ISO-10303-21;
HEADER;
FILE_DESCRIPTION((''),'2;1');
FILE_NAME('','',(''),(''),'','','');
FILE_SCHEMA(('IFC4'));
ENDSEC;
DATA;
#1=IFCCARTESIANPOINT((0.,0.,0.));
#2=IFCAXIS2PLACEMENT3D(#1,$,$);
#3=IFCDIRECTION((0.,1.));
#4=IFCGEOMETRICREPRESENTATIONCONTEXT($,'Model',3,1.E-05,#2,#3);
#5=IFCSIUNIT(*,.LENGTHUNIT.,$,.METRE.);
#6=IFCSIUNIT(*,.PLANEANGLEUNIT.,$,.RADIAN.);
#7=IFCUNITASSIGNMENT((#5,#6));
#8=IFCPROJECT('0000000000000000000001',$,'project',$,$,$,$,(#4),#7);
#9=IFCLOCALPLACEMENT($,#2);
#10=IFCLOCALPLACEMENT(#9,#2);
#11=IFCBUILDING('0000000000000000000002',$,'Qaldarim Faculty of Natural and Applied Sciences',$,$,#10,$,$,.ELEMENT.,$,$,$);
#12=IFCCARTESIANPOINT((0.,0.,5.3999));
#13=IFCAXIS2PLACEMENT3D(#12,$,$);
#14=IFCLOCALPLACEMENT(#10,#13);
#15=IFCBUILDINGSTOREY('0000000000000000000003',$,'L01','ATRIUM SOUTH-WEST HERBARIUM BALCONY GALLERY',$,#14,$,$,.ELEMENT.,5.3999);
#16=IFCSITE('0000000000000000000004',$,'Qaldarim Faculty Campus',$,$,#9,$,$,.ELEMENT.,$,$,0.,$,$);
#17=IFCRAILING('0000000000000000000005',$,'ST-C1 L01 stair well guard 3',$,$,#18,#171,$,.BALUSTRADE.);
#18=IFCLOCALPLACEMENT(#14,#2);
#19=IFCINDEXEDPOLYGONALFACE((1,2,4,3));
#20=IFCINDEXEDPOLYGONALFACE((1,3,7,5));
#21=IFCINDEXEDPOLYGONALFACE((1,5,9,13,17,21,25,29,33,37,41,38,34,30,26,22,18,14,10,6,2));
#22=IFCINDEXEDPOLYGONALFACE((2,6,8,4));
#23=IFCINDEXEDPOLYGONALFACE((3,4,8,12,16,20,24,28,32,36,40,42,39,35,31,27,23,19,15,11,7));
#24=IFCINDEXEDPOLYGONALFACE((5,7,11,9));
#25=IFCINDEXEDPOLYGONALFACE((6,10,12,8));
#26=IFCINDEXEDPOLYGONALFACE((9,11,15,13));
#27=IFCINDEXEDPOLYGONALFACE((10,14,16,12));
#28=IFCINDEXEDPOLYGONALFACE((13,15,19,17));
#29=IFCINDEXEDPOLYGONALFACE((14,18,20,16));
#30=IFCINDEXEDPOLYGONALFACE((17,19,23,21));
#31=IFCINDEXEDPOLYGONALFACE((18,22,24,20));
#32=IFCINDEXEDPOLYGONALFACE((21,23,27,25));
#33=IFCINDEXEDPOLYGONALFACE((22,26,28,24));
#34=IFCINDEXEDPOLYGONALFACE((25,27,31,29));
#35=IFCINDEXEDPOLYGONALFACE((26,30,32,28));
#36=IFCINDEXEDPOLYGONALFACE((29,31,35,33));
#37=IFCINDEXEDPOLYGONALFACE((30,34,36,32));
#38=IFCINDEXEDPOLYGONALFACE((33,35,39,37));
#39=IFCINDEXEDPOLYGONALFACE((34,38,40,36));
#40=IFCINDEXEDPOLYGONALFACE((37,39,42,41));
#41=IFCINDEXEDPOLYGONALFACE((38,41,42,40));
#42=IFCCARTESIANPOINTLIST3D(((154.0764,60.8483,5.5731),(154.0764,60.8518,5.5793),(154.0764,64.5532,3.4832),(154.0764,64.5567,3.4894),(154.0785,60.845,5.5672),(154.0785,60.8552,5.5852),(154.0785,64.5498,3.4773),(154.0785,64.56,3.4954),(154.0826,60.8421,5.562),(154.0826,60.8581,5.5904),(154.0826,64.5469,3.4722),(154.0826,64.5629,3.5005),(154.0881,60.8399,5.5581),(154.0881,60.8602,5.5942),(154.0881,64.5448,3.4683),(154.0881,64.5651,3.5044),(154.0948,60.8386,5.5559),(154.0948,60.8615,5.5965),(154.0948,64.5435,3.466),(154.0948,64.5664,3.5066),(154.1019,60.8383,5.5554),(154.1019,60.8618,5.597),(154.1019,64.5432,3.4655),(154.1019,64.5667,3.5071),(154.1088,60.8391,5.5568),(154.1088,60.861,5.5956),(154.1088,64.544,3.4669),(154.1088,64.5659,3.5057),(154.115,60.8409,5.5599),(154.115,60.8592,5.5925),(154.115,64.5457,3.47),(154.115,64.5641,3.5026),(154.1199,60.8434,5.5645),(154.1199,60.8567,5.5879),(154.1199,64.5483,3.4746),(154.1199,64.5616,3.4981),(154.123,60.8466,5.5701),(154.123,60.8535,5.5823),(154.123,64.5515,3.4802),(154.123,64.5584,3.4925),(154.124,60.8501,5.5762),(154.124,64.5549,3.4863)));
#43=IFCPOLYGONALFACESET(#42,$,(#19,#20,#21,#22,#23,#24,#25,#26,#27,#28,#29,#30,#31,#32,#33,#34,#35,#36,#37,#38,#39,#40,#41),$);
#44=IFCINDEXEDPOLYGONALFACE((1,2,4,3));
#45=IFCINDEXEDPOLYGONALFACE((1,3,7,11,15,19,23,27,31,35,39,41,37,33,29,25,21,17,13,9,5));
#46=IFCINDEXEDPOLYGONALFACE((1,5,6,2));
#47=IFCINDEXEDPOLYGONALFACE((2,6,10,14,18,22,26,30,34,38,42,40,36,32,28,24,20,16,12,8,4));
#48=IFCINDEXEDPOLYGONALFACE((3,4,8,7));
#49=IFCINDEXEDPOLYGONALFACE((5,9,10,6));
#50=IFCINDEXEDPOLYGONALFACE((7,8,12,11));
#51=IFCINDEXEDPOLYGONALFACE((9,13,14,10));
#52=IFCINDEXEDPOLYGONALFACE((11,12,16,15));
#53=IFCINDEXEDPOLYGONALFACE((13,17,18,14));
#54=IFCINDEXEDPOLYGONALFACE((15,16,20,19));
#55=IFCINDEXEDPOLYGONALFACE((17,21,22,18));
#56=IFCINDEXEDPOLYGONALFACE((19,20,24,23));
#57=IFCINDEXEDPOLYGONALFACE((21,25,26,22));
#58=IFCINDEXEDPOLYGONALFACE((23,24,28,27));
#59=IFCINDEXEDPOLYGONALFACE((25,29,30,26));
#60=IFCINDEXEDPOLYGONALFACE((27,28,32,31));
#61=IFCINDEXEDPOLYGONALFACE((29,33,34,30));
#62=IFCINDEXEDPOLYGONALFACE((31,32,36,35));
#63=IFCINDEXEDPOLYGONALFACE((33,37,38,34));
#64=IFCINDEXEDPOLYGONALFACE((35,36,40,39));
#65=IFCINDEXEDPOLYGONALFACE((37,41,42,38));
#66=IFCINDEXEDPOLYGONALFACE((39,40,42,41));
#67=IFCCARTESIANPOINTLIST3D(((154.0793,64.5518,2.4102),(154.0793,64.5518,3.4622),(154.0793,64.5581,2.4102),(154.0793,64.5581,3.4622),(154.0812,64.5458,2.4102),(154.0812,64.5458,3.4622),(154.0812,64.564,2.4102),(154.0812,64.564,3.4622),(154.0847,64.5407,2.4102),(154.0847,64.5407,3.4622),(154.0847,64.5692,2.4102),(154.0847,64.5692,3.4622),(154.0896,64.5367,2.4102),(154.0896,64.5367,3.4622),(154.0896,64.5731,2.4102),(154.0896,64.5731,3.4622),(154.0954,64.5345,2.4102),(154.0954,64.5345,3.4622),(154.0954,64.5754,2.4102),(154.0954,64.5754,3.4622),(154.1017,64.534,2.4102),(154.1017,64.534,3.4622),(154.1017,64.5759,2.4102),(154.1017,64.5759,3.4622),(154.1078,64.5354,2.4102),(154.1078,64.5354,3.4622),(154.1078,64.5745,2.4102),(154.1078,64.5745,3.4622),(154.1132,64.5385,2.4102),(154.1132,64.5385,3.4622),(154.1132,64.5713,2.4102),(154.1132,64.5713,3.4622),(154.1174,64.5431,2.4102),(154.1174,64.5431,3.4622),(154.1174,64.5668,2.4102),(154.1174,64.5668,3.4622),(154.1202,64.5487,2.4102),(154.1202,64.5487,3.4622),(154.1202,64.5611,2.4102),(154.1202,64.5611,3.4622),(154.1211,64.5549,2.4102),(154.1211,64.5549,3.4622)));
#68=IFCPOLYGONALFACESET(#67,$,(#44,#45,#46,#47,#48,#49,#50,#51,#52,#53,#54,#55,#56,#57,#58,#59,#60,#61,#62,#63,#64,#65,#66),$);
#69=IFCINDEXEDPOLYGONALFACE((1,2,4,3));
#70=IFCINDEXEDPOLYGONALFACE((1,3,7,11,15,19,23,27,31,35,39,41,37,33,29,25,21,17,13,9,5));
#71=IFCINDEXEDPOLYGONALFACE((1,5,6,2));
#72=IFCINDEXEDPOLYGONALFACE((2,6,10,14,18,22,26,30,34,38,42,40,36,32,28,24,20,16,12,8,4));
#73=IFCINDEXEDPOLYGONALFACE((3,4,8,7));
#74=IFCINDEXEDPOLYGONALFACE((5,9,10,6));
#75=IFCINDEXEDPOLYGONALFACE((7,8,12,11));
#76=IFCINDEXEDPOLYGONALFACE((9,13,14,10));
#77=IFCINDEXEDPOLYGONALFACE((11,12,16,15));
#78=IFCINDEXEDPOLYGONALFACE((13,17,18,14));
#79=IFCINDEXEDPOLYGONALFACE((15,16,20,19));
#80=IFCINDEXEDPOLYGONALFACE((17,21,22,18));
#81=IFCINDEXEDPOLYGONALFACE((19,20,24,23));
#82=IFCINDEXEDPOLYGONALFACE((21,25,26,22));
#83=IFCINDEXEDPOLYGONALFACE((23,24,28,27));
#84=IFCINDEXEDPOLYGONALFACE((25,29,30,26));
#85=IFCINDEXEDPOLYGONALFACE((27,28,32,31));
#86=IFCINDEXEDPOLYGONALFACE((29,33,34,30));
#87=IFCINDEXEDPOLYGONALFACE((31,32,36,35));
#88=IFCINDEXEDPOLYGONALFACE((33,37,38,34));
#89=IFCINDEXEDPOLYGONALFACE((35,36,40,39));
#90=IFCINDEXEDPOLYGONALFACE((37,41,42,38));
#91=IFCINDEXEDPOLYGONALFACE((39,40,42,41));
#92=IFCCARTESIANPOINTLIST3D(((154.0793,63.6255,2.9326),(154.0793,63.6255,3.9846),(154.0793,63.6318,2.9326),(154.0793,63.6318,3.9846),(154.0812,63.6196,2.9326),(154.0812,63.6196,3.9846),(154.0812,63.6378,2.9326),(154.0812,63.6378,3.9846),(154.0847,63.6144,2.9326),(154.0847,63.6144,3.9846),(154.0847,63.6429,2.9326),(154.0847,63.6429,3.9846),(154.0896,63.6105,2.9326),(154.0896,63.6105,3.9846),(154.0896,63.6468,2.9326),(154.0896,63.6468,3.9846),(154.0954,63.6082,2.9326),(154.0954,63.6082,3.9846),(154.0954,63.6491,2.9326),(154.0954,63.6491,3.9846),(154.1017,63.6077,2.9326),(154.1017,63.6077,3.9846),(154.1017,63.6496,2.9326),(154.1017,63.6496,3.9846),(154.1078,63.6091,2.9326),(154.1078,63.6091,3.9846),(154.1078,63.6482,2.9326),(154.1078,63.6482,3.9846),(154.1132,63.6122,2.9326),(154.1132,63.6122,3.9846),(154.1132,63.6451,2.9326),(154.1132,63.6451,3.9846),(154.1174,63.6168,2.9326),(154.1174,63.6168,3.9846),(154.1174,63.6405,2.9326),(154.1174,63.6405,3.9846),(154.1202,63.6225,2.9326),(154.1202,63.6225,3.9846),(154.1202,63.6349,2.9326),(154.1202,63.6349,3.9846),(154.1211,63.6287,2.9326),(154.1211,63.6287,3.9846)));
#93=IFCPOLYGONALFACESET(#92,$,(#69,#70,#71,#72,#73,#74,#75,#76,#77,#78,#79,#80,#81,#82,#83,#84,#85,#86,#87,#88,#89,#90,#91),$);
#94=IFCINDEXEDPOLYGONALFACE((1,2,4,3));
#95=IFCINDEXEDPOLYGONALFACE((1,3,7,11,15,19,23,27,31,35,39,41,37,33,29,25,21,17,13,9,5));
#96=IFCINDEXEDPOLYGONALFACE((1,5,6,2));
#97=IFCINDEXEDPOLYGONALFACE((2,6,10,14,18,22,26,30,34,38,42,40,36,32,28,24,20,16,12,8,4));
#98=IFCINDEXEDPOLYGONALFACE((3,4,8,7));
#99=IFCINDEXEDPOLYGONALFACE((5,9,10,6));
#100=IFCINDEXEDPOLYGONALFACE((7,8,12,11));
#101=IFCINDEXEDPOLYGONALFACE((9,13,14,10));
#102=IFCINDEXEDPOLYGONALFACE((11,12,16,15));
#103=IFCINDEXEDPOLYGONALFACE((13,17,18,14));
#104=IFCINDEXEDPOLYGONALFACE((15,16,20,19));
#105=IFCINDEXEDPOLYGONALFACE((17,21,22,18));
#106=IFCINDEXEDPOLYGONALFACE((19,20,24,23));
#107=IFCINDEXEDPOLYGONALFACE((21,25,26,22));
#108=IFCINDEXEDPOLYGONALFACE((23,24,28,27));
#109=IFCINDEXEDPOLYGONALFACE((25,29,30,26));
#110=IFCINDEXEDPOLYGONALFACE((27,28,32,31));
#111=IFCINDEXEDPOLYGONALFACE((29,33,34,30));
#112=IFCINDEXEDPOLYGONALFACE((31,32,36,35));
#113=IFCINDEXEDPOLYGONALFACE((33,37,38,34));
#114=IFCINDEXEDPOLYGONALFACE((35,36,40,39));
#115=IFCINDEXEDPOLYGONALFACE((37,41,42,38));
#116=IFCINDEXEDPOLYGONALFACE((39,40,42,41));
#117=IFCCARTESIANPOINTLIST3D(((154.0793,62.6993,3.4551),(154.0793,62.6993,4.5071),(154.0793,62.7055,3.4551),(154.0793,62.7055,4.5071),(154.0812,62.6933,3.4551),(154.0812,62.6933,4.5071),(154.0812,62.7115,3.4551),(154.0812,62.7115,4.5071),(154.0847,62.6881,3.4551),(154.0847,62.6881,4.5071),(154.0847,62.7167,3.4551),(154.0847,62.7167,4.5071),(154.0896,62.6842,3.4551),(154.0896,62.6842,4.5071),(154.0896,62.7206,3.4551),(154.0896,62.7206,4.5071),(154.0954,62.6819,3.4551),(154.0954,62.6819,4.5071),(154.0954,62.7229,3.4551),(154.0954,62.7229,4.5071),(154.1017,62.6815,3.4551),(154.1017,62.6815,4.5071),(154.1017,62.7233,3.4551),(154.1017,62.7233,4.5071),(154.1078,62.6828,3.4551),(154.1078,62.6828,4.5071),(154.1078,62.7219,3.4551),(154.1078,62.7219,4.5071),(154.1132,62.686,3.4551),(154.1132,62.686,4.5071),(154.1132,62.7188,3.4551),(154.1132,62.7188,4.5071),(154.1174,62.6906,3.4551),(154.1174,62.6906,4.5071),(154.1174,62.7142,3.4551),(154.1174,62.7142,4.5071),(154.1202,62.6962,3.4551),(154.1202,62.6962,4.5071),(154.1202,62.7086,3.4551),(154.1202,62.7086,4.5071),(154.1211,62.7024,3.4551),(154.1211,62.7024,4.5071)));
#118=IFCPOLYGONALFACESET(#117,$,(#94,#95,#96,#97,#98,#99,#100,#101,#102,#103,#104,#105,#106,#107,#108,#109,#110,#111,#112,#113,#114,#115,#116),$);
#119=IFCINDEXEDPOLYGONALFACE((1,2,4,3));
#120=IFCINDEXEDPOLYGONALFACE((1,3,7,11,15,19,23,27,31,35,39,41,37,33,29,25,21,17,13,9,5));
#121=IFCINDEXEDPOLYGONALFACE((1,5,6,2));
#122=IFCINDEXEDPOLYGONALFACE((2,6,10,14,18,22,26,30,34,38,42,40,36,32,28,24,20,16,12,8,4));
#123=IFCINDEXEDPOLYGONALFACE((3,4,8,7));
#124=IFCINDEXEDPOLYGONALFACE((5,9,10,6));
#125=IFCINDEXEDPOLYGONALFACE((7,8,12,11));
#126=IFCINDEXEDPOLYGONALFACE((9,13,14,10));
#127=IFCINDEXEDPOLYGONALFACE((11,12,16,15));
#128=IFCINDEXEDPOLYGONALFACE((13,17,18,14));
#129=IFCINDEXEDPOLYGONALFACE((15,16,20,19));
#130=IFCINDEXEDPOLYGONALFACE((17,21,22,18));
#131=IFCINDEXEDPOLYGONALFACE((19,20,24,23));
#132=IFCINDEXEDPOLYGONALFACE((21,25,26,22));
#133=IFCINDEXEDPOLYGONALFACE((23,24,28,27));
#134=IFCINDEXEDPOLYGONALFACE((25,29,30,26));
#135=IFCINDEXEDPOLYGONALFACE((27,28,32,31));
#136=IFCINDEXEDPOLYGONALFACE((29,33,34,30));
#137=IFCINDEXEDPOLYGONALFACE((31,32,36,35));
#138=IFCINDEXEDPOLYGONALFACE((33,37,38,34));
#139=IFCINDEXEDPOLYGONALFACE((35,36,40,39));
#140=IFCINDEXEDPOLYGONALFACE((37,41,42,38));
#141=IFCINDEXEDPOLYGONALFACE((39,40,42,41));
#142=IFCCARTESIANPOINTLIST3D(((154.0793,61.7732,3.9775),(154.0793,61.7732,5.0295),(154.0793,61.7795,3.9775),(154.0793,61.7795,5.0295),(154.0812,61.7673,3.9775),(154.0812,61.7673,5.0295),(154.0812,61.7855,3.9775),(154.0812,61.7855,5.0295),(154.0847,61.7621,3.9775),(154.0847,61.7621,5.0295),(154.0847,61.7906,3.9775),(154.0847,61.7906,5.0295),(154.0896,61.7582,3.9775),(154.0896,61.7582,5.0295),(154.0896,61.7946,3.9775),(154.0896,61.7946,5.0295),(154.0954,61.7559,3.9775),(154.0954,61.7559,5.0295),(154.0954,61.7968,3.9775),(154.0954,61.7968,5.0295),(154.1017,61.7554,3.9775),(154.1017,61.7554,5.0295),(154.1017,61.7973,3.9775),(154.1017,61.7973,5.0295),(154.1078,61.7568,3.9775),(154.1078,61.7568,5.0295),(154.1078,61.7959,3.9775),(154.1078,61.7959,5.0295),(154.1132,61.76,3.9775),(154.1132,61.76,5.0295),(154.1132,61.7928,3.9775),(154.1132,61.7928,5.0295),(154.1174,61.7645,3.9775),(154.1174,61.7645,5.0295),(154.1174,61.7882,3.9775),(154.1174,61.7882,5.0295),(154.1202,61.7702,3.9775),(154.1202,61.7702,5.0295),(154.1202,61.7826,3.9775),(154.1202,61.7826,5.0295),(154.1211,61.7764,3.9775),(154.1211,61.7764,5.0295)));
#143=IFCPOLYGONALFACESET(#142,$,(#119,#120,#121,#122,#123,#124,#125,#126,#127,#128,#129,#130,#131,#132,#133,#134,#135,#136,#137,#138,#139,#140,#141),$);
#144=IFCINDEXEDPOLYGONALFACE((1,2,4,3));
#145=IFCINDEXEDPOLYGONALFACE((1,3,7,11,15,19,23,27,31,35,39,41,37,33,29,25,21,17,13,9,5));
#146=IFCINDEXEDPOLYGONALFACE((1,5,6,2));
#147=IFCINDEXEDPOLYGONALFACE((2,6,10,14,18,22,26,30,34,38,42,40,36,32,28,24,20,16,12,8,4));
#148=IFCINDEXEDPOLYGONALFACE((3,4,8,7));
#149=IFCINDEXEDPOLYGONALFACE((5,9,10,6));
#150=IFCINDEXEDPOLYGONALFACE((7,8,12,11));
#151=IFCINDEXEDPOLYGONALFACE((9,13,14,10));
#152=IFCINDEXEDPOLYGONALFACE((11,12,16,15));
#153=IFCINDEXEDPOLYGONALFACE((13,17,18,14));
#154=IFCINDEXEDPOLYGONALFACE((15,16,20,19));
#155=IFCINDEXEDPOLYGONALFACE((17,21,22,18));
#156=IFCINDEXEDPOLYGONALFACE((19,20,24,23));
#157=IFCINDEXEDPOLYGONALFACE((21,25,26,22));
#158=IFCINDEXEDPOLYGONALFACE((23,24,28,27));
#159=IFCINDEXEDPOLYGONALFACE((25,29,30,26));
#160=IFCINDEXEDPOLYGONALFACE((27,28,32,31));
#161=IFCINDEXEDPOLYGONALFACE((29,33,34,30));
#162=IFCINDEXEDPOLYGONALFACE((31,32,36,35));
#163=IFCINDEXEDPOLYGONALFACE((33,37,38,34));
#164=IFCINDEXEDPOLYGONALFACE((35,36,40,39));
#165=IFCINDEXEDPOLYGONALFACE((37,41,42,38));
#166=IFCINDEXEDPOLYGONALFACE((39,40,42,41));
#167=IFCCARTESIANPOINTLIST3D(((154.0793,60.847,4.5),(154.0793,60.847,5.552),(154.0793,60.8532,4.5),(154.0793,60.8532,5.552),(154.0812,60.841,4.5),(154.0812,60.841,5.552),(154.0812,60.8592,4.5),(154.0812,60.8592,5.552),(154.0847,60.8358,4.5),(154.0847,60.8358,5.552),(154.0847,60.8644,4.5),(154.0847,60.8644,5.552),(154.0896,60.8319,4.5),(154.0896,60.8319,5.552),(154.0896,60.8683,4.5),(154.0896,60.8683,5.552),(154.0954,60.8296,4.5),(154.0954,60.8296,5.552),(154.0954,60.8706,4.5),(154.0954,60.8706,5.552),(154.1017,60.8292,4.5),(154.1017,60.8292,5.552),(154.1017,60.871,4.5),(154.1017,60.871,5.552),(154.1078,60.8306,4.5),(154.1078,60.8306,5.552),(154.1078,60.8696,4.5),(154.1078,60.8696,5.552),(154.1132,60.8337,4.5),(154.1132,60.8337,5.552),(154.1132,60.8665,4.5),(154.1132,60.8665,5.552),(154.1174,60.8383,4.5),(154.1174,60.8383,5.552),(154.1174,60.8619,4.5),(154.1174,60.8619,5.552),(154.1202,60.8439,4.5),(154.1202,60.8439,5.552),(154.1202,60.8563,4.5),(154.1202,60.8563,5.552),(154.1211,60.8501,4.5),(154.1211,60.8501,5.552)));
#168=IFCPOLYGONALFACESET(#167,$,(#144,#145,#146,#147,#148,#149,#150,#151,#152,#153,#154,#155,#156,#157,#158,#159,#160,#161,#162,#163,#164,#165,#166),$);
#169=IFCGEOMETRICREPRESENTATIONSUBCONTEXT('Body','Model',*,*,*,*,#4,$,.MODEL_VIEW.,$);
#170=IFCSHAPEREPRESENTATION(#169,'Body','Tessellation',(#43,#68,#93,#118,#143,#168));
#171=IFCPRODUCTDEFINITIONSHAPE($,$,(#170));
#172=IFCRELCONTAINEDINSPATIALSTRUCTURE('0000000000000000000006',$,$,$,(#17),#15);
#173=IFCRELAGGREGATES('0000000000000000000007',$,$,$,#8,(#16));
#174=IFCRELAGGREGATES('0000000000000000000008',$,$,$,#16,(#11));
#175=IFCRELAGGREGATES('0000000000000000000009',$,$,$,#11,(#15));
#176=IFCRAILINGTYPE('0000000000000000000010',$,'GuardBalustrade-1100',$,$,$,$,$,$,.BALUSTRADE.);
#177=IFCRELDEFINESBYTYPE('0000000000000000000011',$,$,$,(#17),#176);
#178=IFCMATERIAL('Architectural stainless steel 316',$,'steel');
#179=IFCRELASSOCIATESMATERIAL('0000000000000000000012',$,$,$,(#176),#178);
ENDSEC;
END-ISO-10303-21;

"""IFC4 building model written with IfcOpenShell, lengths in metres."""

from ifc_helpers import new_model, si_unit, direction, frame, origin, origin_2d, place, context, subcontext, project, spatial, circle, extrude, material, type_object, element, save


model = new_model("IFC4")

# Units and contexts
model_context = context("Model", 3, precision=1e-05, world=origin(), true_north=direction((0.0, 1.0)))
body_context = subcontext(model_context, "Body", "Model", "MODEL_VIEW")
ifc_project = project(units=[si_unit("LENGTHUNIT", "METRE"), si_unit("PLANEANGLEUNIT", "RADIAN")], contexts=[model_context])

# Site, building, storey
site_placement = place(None, origin())
site = spatial("IfcSite", under=ifc_project, at=site_placement, Name="Qaldarim Faculty Campus", CompositionType="ELEMENT", RefElevation=0.0)
building_placement = place(site_placement, origin())
building = spatial("IfcBuilding", under=site, at=building_placement, Name="Qaldarim Faculty of Natural and Applied Sciences", CompositionType="ELEMENT")
storey_placement = place(building_placement, frame((0.0, 0.0, 5.3999)))
storey = spatial("IfcBuildingStorey", under=building, at=storey_placement, Name="L01", Description="ATRIUM SOUTH-WEST HERBARIUM BALCONY GALLERY", CompositionType="ELEMENT", Elevation=5.3999)

# Railing
ifc_material_1 = material(Name="Architectural stainless steel 316", Category="steel")
railing_type_1 = type_object("IfcRailingType", Name="GuardBalustrade-1100", PredefinedType="BALUSTRADE", material=ifc_material_1)
railing_1_placement = place(storey_placement, frame((154.1001, 64.5549, 2.4102)))
element("IfcRailing", 1, at=railing_1_placement, inside=storey, type_object=railing_type_1, Name="ST-C1 L01 stair well guard 3", PredefinedType="BALUSTRADE", context=body_context, shape_type="SweptSolid", body=[
    extrude(circle(Radius=0.0239, at=origin_2d()), frame((0.0, 0.0, 1.0762), z_axis=(0.0, -0.870985, 0.49131), x_axis=(1.0, 0.0, 0.0)), (0.0, 0.0, 1.0), 4.2537),
    extrude(circle(Radius=0.021, at=origin_2d()), origin(), (0.0, 0.0, 1.0), 1.052),
    extrude(circle(Radius=0.021, at=origin_2d()), frame((0.0, -0.9263, 0.5225)), (0.0, 0.0, 1.0), 1.052),
    extrude(circle(Radius=0.021, at=origin_2d()), frame((0.0, -1.8525, 1.0449)), (0.0, 0.0, 1.0), 1.052),
    extrude(circle(Radius=0.021, at=origin_2d()), frame((0.0, -2.7786, 1.5674)), (0.0, 0.0, 1.0), 1.052),
    extrude(circle(Radius=0.021, at=origin_2d()), frame((0.0, -3.7048, 2.0898)), (0.0, 0.0, 1.0), 1.052),
])

save(model, "model.ifc")
